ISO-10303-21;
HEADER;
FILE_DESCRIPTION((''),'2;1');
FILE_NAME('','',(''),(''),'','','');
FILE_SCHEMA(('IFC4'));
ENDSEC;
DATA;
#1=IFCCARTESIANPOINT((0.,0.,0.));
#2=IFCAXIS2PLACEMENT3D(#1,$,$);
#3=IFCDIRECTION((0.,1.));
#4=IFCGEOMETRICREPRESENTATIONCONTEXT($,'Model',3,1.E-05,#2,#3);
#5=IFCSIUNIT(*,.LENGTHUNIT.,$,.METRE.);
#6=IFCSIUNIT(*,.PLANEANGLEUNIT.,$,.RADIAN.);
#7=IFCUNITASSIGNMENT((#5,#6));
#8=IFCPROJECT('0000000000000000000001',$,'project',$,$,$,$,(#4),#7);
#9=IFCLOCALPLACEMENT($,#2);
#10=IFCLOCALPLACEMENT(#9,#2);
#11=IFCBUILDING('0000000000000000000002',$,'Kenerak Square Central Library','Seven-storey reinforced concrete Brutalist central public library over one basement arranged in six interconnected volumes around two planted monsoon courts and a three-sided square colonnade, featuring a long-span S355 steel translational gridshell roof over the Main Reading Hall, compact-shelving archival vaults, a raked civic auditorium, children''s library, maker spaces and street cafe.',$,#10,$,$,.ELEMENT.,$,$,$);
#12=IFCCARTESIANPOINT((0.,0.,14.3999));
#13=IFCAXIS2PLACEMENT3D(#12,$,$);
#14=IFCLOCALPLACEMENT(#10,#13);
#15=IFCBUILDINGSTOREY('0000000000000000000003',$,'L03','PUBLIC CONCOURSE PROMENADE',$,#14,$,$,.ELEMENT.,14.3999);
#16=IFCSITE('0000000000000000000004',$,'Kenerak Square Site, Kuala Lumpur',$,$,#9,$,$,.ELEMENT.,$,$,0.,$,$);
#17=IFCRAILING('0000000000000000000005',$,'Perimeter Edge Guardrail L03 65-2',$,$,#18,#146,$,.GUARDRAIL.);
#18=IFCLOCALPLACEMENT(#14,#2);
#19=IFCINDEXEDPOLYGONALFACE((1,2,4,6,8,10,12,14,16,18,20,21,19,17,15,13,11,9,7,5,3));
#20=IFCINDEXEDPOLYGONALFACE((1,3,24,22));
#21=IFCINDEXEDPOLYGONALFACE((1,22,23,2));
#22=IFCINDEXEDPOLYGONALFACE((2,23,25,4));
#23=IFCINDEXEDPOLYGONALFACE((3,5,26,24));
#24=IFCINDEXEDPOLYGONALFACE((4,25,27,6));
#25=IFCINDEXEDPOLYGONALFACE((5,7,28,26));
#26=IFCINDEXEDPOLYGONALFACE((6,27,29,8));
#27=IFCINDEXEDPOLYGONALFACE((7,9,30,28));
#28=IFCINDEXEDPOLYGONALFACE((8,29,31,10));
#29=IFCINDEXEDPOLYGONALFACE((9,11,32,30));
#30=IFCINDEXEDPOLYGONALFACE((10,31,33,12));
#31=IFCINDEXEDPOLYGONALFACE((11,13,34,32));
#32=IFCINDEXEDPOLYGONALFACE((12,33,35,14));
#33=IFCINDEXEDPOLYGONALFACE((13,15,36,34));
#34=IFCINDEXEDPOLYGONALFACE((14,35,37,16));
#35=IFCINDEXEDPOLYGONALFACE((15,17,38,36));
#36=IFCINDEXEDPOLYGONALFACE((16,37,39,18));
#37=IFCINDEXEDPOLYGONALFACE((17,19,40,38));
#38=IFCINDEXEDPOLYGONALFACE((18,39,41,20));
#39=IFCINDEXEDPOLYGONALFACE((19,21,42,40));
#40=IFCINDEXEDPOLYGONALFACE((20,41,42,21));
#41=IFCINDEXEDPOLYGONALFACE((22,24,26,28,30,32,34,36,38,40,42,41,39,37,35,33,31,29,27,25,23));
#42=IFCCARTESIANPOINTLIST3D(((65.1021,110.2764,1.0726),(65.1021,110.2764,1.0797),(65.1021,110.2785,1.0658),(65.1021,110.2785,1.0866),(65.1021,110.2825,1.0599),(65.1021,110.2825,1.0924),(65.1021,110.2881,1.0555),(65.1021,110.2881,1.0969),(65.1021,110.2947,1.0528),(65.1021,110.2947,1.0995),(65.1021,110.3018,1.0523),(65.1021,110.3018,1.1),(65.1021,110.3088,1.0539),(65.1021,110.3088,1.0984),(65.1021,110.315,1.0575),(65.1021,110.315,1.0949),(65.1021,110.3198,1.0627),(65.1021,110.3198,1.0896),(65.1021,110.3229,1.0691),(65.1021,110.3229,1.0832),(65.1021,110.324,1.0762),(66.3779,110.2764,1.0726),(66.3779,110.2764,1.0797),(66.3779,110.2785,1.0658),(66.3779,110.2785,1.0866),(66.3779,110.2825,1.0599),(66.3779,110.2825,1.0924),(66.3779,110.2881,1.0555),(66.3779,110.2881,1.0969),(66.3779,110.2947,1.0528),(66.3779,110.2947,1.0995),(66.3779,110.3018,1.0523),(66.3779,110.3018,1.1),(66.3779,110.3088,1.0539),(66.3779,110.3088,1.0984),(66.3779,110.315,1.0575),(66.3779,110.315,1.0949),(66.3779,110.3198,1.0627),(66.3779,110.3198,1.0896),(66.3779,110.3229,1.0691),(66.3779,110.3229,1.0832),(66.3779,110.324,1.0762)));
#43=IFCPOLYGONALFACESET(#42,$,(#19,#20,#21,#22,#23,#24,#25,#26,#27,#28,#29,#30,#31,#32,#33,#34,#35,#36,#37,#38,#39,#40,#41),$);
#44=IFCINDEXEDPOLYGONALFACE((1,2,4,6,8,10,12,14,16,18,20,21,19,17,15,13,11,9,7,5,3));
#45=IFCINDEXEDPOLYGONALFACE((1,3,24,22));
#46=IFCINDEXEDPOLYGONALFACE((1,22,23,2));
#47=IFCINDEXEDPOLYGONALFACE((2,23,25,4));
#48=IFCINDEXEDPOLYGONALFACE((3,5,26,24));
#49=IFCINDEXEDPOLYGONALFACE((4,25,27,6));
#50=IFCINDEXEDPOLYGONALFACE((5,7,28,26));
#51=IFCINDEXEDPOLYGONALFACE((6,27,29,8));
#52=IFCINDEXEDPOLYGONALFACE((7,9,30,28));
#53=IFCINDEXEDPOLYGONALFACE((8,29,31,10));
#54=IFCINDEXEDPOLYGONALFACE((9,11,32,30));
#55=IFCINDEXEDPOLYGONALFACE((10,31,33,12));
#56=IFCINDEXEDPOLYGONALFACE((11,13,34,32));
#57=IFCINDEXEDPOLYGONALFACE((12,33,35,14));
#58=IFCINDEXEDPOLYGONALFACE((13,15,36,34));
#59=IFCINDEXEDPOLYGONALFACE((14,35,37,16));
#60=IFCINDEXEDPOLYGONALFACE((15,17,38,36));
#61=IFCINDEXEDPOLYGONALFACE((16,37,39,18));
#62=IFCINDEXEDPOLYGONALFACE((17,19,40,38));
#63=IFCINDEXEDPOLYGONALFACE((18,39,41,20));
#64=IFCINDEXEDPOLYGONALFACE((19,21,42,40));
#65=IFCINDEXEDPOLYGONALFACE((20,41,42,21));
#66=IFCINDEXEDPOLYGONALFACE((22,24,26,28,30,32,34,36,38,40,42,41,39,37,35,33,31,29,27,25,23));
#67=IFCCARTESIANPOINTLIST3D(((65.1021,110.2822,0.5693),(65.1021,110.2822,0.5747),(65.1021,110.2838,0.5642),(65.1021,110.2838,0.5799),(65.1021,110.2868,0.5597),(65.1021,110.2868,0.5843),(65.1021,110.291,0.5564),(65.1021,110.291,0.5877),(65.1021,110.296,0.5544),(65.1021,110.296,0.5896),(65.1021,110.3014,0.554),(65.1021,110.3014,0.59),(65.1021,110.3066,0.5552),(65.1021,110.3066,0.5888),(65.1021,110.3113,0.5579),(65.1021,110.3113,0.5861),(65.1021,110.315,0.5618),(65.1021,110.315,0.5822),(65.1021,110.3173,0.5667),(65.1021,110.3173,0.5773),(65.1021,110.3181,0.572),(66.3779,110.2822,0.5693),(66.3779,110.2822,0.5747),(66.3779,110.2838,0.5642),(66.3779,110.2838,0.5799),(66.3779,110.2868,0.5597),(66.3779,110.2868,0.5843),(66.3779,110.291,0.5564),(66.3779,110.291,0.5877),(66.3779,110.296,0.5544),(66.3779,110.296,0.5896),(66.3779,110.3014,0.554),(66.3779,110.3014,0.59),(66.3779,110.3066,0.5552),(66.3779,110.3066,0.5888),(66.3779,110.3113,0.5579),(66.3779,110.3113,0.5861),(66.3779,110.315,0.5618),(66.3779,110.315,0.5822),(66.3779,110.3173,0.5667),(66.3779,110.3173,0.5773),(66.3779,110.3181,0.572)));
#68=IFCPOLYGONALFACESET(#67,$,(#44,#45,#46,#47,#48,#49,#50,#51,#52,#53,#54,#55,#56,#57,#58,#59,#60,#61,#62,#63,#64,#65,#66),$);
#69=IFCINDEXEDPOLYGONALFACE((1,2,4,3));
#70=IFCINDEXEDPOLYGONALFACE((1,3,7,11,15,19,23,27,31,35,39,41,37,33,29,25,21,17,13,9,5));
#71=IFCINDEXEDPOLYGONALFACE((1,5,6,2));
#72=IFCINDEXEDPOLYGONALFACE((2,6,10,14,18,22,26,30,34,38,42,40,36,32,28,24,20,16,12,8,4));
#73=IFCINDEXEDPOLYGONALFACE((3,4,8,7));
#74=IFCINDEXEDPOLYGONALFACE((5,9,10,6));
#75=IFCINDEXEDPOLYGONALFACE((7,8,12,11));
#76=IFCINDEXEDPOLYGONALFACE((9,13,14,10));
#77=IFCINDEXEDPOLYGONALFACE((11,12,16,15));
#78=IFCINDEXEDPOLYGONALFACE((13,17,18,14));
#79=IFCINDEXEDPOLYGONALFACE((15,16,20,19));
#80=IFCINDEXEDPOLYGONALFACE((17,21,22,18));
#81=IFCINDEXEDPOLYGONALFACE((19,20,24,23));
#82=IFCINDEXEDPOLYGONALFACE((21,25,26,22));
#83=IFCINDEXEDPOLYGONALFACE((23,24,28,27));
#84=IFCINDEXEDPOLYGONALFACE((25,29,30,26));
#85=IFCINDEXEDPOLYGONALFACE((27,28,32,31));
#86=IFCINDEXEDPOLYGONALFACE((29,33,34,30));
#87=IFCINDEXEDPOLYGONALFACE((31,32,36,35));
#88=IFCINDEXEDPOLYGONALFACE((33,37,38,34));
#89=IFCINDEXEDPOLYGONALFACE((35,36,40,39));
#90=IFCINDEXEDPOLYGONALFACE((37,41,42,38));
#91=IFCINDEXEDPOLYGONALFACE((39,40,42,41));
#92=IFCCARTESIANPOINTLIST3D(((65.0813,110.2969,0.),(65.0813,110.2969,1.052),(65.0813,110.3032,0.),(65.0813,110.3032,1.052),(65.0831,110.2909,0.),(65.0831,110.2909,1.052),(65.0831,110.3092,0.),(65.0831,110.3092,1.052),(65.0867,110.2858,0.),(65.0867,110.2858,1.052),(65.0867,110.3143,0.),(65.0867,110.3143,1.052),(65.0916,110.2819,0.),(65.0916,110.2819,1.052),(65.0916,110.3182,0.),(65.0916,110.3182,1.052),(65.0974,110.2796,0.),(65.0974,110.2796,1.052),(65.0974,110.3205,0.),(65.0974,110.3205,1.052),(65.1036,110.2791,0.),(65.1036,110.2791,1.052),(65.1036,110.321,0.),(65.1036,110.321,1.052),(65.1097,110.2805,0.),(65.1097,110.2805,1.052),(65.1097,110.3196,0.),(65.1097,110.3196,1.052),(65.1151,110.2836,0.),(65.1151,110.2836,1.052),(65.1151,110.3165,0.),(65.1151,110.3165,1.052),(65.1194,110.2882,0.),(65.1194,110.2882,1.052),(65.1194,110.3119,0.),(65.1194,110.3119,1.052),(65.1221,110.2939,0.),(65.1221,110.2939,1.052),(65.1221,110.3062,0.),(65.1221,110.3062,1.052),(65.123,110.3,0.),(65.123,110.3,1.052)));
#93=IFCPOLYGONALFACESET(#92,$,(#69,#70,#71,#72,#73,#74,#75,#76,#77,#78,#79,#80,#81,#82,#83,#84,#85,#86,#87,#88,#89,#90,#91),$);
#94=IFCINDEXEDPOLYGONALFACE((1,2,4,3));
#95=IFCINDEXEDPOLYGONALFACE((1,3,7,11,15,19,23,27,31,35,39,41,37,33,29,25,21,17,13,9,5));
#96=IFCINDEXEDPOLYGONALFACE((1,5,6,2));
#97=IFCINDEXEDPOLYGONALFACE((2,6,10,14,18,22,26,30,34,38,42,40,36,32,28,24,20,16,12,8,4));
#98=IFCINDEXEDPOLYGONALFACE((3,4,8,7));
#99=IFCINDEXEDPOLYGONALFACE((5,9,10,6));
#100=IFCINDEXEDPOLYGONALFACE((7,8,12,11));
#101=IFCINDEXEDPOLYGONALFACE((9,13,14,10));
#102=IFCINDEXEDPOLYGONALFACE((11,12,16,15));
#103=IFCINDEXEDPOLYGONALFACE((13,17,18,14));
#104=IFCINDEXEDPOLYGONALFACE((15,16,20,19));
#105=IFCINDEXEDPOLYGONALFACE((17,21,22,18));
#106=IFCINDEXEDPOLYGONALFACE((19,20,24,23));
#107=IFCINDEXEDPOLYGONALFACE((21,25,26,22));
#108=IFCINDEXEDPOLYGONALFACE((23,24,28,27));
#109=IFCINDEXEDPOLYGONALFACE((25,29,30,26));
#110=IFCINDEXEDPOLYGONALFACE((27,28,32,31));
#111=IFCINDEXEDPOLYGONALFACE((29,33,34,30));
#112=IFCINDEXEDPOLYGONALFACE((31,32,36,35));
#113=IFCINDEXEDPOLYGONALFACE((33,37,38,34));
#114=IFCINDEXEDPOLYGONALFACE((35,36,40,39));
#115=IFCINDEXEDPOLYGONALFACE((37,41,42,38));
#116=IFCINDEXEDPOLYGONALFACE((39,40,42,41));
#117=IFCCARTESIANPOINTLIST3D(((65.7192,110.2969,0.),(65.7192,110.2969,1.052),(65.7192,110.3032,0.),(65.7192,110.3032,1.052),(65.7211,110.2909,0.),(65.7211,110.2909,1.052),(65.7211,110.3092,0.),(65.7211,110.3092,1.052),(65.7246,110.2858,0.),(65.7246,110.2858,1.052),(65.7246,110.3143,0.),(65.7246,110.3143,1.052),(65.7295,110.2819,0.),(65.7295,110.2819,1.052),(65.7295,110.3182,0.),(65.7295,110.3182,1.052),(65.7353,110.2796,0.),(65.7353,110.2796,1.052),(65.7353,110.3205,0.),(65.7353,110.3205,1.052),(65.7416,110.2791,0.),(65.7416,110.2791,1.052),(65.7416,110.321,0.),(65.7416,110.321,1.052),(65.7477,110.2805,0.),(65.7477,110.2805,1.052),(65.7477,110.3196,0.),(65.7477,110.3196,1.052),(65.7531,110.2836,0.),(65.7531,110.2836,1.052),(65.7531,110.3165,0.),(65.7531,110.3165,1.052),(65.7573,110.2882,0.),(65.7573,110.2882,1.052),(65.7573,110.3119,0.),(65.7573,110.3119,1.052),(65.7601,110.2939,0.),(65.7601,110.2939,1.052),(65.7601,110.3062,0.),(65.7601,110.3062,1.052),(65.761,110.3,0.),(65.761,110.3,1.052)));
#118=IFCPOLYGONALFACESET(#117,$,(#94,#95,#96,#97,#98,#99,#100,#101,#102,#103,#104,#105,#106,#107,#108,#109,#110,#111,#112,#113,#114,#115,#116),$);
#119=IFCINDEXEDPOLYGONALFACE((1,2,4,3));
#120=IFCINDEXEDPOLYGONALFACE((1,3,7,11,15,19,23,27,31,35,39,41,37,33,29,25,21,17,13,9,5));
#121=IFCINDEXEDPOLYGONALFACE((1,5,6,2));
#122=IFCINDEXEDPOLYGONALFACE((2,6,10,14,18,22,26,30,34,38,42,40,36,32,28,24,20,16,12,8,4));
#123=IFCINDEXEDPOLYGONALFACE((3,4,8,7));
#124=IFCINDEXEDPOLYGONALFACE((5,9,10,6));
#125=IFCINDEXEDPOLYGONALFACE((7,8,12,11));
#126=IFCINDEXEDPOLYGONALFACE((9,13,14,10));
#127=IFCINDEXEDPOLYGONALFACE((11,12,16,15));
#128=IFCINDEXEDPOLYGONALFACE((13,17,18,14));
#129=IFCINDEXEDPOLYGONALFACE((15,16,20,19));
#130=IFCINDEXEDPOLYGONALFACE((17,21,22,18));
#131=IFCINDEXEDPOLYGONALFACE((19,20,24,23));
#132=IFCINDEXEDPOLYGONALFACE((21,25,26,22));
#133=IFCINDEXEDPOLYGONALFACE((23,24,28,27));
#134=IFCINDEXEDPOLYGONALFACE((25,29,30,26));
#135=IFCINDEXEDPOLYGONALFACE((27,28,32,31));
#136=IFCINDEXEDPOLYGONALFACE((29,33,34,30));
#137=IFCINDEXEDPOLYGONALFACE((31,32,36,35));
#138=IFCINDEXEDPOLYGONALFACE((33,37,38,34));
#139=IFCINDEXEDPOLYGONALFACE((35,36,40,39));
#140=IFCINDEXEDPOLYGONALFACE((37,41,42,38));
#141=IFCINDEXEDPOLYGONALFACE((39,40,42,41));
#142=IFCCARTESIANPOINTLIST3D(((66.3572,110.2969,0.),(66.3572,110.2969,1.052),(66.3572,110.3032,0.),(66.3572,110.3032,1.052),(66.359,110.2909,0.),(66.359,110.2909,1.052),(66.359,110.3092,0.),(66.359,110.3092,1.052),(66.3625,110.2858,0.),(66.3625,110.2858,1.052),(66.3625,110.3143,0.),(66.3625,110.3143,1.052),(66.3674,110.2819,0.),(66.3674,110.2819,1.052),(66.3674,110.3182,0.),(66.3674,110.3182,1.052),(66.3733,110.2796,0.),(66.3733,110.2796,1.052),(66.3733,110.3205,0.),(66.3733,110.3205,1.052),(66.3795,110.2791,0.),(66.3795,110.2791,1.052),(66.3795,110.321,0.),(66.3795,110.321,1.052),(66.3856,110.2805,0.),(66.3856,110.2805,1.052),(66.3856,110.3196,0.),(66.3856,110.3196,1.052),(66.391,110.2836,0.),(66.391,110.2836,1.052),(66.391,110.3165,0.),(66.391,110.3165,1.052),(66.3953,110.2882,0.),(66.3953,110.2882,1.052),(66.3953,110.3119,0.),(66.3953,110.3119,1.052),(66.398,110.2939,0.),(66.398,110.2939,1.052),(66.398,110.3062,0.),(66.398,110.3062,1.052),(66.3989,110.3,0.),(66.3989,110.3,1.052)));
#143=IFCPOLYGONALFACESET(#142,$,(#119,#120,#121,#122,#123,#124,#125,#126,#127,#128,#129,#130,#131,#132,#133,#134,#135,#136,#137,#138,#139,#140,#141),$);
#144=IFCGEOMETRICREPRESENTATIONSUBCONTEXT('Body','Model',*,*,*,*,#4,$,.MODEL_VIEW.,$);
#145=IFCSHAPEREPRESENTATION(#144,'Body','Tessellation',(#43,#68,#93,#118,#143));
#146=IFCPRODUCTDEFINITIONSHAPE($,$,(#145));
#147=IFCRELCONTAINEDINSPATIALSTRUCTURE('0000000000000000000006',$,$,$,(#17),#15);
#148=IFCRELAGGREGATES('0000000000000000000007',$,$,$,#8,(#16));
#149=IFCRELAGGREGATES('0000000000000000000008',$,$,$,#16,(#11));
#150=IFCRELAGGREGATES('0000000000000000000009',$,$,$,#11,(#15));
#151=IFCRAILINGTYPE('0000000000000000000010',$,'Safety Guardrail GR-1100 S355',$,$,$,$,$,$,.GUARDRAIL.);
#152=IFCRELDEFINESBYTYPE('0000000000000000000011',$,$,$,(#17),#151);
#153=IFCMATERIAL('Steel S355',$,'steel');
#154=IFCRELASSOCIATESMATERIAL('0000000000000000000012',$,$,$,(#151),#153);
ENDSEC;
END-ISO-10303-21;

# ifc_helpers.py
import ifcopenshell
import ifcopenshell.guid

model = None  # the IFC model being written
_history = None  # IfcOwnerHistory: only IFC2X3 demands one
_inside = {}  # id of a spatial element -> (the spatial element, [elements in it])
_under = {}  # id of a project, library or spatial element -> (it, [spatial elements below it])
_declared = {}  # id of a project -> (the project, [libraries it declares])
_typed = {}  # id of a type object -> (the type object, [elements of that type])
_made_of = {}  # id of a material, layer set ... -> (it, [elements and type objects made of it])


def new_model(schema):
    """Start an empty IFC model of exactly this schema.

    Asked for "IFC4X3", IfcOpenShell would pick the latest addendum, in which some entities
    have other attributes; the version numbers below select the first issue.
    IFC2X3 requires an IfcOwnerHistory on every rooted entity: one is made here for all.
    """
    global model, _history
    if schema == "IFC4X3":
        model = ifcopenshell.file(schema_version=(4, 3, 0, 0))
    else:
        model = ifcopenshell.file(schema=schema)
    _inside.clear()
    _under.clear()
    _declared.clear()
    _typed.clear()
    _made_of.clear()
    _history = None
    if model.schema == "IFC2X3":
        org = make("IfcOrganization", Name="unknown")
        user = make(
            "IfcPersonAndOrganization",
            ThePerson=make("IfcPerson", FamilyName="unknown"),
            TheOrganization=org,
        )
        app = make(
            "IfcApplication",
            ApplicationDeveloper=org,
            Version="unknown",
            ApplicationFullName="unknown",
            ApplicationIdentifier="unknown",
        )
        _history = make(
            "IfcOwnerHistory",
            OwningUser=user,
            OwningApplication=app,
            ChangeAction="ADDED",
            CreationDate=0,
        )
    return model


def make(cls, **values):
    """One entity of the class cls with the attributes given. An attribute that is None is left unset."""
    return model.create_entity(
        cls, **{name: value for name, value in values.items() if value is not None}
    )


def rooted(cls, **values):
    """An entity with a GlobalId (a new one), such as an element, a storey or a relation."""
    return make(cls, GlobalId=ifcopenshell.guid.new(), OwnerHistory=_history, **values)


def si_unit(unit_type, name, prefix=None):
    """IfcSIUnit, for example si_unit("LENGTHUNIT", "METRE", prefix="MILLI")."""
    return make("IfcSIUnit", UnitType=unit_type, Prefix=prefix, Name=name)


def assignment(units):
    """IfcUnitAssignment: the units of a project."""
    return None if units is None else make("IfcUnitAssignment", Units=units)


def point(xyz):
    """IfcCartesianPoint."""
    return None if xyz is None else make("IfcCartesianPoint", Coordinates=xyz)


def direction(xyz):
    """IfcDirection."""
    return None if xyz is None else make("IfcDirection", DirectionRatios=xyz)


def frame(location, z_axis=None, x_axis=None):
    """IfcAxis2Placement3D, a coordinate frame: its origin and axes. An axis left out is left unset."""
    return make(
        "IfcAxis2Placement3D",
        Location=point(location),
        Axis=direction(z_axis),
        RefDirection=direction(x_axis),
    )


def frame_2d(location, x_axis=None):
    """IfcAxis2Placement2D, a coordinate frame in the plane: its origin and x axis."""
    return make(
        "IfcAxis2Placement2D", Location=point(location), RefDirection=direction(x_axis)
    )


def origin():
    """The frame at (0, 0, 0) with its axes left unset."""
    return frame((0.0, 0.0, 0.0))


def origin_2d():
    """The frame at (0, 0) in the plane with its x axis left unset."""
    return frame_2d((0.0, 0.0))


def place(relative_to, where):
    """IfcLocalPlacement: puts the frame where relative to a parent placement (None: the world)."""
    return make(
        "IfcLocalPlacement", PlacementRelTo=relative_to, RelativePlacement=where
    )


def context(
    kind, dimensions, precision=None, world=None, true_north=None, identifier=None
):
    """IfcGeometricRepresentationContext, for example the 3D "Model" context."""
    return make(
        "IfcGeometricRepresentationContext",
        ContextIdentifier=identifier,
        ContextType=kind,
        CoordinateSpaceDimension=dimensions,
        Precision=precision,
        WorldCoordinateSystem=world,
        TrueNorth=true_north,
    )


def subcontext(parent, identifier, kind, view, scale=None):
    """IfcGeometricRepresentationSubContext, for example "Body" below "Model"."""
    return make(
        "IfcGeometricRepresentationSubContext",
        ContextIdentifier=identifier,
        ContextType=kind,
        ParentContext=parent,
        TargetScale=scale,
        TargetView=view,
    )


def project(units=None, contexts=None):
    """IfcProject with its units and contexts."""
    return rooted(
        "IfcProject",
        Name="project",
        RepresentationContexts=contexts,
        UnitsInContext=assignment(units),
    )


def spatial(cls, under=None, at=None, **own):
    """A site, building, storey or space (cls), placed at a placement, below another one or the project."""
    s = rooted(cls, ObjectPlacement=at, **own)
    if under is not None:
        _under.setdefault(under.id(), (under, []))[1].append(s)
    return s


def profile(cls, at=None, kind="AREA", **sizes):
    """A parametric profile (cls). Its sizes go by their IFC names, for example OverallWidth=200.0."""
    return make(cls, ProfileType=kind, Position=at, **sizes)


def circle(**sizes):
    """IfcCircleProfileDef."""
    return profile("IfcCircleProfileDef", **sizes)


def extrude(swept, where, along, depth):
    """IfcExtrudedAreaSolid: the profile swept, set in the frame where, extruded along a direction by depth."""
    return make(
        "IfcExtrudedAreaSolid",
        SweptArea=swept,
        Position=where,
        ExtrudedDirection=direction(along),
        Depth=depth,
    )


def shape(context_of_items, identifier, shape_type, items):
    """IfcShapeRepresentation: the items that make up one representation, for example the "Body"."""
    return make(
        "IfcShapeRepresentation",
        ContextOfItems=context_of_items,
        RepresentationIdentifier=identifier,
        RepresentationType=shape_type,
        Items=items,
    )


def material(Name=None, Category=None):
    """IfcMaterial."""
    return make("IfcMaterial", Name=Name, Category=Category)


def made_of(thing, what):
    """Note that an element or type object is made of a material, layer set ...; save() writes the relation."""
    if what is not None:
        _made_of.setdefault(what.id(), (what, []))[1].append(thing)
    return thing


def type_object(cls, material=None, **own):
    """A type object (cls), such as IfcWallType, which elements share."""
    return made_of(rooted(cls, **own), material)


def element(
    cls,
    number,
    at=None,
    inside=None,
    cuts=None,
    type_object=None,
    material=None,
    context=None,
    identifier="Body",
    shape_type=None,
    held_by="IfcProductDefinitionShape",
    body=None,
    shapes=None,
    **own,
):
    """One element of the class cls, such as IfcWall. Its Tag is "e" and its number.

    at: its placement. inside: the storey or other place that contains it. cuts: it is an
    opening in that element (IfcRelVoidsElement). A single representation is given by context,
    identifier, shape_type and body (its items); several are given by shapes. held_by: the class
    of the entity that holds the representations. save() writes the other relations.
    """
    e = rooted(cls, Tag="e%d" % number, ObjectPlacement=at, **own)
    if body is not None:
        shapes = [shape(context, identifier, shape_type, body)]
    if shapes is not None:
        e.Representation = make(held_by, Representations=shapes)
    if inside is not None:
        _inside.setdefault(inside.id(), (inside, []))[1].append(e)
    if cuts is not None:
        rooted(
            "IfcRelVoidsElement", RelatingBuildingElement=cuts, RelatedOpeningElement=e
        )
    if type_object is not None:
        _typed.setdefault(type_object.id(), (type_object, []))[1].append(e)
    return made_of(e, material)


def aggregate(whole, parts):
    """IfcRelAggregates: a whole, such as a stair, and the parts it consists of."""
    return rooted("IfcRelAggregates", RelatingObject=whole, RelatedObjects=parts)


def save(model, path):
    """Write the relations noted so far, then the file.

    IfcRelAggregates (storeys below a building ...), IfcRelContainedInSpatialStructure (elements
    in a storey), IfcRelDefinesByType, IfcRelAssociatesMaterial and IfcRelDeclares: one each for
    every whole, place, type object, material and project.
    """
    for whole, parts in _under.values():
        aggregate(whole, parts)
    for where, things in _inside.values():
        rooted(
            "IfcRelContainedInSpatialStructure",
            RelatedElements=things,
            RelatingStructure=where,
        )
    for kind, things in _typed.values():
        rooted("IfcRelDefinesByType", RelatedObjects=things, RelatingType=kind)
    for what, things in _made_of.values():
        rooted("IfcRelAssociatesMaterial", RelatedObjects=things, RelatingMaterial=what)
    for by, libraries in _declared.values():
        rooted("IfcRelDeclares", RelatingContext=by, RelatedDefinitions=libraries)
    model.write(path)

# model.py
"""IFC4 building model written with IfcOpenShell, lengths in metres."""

from ifc_helpers import new_model, si_unit, direction, frame, origin, origin_2d, place, context, subcontext, project, spatial, circle, extrude, material, type_object, element, save


model = new_model("IFC4")

# Units and contexts
model_context = context("Model", 3, precision=1e-05, world=origin(), true_north=direction((0.0, 1.0)))
body_context = subcontext(model_context, "Body", "Model", "MODEL_VIEW")
ifc_project = project(units=[si_unit("LENGTHUNIT", "METRE"), si_unit("PLANEANGLEUNIT", "RADIAN")], contexts=[model_context])

# Site, building, storey
site_placement = place(None, origin())
site = spatial("IfcSite", under=ifc_project, at=site_placement, Name="Kenerak Square Site, Kuala Lumpur", CompositionType="ELEMENT", RefElevation=0.0)
building_placement = place(site_placement, origin())
building = spatial("IfcBuilding", under=site, at=building_placement, Name="Kenerak Square Central Library", Description="Seven-storey reinforced concrete Brutalist central public library over one basement arranged in six interconnected volumes around two planted monsoon courts and a three-sided square colonnade, featuring a long-span S355 steel translational gridshell roof over the Main Reading Hall, compact-shelving archival vaults, a raked civic auditorium, children's library, maker spaces and street cafe.", CompositionType="ELEMENT")
storey_placement = place(building_placement, frame((0.0, 0.0, 14.3999)))
storey = spatial("IfcBuildingStorey", under=building, at=storey_placement, Name="L03", Description="PUBLIC CONCOURSE PROMENADE", CompositionType="ELEMENT", Elevation=14.3999)

# Shared definitions
ifc_material_1 = material(Name="Steel S355", Category="steel")

# Railing
railing_type_1 = type_object("IfcRailingType", Name="Safety Guardrail GR-1100 S355", PredefinedType="GUARDRAIL", material=ifc_material_1)
railing_1_placement = place(storey_placement, frame((65.1021, 110.3, 0.0)))
element("IfcRailing", 1, at=railing_1_placement, inside=storey, type_object=railing_type_1, Name="Perimeter Edge Guardrail L03 65-2", PredefinedType="GUARDRAIL", context=body_context, shape_type="SweptSolid", body=[
    extrude(circle(Radius=0.0239, at=origin_2d()), frame((0.0, 0.0, 1.0762), z_axis=(1.0, 0.0, 0.0), x_axis=(0.0, 1.0, 0.0)), (0.0, 0.0, 1.0), 1.2759),
    extrude(circle(Radius=0.0181, at=origin_2d()), frame((0.0, 0.0, 0.572), z_axis=(1.0, 0.0, 0.0), x_axis=(0.0, 1.0, 0.0)), (0.0, 0.0, 1.0), 1.2759),
    extrude(circle(Radius=0.021, at=origin_2d()), origin(), (0.0, 0.0, 1.0), 1.052),
    extrude(circle(Radius=0.021, at=origin_2d()), frame((0.6379, 0.0, 0.0)), (0.0, 0.0, 1.0), 1.052),
    extrude(circle(Radius=0.021, at=origin_2d()), frame((1.2759, 0.0, 0.0)), (0.0, 0.0, 1.0), 1.052),
])

save(model, "model.ifc")
